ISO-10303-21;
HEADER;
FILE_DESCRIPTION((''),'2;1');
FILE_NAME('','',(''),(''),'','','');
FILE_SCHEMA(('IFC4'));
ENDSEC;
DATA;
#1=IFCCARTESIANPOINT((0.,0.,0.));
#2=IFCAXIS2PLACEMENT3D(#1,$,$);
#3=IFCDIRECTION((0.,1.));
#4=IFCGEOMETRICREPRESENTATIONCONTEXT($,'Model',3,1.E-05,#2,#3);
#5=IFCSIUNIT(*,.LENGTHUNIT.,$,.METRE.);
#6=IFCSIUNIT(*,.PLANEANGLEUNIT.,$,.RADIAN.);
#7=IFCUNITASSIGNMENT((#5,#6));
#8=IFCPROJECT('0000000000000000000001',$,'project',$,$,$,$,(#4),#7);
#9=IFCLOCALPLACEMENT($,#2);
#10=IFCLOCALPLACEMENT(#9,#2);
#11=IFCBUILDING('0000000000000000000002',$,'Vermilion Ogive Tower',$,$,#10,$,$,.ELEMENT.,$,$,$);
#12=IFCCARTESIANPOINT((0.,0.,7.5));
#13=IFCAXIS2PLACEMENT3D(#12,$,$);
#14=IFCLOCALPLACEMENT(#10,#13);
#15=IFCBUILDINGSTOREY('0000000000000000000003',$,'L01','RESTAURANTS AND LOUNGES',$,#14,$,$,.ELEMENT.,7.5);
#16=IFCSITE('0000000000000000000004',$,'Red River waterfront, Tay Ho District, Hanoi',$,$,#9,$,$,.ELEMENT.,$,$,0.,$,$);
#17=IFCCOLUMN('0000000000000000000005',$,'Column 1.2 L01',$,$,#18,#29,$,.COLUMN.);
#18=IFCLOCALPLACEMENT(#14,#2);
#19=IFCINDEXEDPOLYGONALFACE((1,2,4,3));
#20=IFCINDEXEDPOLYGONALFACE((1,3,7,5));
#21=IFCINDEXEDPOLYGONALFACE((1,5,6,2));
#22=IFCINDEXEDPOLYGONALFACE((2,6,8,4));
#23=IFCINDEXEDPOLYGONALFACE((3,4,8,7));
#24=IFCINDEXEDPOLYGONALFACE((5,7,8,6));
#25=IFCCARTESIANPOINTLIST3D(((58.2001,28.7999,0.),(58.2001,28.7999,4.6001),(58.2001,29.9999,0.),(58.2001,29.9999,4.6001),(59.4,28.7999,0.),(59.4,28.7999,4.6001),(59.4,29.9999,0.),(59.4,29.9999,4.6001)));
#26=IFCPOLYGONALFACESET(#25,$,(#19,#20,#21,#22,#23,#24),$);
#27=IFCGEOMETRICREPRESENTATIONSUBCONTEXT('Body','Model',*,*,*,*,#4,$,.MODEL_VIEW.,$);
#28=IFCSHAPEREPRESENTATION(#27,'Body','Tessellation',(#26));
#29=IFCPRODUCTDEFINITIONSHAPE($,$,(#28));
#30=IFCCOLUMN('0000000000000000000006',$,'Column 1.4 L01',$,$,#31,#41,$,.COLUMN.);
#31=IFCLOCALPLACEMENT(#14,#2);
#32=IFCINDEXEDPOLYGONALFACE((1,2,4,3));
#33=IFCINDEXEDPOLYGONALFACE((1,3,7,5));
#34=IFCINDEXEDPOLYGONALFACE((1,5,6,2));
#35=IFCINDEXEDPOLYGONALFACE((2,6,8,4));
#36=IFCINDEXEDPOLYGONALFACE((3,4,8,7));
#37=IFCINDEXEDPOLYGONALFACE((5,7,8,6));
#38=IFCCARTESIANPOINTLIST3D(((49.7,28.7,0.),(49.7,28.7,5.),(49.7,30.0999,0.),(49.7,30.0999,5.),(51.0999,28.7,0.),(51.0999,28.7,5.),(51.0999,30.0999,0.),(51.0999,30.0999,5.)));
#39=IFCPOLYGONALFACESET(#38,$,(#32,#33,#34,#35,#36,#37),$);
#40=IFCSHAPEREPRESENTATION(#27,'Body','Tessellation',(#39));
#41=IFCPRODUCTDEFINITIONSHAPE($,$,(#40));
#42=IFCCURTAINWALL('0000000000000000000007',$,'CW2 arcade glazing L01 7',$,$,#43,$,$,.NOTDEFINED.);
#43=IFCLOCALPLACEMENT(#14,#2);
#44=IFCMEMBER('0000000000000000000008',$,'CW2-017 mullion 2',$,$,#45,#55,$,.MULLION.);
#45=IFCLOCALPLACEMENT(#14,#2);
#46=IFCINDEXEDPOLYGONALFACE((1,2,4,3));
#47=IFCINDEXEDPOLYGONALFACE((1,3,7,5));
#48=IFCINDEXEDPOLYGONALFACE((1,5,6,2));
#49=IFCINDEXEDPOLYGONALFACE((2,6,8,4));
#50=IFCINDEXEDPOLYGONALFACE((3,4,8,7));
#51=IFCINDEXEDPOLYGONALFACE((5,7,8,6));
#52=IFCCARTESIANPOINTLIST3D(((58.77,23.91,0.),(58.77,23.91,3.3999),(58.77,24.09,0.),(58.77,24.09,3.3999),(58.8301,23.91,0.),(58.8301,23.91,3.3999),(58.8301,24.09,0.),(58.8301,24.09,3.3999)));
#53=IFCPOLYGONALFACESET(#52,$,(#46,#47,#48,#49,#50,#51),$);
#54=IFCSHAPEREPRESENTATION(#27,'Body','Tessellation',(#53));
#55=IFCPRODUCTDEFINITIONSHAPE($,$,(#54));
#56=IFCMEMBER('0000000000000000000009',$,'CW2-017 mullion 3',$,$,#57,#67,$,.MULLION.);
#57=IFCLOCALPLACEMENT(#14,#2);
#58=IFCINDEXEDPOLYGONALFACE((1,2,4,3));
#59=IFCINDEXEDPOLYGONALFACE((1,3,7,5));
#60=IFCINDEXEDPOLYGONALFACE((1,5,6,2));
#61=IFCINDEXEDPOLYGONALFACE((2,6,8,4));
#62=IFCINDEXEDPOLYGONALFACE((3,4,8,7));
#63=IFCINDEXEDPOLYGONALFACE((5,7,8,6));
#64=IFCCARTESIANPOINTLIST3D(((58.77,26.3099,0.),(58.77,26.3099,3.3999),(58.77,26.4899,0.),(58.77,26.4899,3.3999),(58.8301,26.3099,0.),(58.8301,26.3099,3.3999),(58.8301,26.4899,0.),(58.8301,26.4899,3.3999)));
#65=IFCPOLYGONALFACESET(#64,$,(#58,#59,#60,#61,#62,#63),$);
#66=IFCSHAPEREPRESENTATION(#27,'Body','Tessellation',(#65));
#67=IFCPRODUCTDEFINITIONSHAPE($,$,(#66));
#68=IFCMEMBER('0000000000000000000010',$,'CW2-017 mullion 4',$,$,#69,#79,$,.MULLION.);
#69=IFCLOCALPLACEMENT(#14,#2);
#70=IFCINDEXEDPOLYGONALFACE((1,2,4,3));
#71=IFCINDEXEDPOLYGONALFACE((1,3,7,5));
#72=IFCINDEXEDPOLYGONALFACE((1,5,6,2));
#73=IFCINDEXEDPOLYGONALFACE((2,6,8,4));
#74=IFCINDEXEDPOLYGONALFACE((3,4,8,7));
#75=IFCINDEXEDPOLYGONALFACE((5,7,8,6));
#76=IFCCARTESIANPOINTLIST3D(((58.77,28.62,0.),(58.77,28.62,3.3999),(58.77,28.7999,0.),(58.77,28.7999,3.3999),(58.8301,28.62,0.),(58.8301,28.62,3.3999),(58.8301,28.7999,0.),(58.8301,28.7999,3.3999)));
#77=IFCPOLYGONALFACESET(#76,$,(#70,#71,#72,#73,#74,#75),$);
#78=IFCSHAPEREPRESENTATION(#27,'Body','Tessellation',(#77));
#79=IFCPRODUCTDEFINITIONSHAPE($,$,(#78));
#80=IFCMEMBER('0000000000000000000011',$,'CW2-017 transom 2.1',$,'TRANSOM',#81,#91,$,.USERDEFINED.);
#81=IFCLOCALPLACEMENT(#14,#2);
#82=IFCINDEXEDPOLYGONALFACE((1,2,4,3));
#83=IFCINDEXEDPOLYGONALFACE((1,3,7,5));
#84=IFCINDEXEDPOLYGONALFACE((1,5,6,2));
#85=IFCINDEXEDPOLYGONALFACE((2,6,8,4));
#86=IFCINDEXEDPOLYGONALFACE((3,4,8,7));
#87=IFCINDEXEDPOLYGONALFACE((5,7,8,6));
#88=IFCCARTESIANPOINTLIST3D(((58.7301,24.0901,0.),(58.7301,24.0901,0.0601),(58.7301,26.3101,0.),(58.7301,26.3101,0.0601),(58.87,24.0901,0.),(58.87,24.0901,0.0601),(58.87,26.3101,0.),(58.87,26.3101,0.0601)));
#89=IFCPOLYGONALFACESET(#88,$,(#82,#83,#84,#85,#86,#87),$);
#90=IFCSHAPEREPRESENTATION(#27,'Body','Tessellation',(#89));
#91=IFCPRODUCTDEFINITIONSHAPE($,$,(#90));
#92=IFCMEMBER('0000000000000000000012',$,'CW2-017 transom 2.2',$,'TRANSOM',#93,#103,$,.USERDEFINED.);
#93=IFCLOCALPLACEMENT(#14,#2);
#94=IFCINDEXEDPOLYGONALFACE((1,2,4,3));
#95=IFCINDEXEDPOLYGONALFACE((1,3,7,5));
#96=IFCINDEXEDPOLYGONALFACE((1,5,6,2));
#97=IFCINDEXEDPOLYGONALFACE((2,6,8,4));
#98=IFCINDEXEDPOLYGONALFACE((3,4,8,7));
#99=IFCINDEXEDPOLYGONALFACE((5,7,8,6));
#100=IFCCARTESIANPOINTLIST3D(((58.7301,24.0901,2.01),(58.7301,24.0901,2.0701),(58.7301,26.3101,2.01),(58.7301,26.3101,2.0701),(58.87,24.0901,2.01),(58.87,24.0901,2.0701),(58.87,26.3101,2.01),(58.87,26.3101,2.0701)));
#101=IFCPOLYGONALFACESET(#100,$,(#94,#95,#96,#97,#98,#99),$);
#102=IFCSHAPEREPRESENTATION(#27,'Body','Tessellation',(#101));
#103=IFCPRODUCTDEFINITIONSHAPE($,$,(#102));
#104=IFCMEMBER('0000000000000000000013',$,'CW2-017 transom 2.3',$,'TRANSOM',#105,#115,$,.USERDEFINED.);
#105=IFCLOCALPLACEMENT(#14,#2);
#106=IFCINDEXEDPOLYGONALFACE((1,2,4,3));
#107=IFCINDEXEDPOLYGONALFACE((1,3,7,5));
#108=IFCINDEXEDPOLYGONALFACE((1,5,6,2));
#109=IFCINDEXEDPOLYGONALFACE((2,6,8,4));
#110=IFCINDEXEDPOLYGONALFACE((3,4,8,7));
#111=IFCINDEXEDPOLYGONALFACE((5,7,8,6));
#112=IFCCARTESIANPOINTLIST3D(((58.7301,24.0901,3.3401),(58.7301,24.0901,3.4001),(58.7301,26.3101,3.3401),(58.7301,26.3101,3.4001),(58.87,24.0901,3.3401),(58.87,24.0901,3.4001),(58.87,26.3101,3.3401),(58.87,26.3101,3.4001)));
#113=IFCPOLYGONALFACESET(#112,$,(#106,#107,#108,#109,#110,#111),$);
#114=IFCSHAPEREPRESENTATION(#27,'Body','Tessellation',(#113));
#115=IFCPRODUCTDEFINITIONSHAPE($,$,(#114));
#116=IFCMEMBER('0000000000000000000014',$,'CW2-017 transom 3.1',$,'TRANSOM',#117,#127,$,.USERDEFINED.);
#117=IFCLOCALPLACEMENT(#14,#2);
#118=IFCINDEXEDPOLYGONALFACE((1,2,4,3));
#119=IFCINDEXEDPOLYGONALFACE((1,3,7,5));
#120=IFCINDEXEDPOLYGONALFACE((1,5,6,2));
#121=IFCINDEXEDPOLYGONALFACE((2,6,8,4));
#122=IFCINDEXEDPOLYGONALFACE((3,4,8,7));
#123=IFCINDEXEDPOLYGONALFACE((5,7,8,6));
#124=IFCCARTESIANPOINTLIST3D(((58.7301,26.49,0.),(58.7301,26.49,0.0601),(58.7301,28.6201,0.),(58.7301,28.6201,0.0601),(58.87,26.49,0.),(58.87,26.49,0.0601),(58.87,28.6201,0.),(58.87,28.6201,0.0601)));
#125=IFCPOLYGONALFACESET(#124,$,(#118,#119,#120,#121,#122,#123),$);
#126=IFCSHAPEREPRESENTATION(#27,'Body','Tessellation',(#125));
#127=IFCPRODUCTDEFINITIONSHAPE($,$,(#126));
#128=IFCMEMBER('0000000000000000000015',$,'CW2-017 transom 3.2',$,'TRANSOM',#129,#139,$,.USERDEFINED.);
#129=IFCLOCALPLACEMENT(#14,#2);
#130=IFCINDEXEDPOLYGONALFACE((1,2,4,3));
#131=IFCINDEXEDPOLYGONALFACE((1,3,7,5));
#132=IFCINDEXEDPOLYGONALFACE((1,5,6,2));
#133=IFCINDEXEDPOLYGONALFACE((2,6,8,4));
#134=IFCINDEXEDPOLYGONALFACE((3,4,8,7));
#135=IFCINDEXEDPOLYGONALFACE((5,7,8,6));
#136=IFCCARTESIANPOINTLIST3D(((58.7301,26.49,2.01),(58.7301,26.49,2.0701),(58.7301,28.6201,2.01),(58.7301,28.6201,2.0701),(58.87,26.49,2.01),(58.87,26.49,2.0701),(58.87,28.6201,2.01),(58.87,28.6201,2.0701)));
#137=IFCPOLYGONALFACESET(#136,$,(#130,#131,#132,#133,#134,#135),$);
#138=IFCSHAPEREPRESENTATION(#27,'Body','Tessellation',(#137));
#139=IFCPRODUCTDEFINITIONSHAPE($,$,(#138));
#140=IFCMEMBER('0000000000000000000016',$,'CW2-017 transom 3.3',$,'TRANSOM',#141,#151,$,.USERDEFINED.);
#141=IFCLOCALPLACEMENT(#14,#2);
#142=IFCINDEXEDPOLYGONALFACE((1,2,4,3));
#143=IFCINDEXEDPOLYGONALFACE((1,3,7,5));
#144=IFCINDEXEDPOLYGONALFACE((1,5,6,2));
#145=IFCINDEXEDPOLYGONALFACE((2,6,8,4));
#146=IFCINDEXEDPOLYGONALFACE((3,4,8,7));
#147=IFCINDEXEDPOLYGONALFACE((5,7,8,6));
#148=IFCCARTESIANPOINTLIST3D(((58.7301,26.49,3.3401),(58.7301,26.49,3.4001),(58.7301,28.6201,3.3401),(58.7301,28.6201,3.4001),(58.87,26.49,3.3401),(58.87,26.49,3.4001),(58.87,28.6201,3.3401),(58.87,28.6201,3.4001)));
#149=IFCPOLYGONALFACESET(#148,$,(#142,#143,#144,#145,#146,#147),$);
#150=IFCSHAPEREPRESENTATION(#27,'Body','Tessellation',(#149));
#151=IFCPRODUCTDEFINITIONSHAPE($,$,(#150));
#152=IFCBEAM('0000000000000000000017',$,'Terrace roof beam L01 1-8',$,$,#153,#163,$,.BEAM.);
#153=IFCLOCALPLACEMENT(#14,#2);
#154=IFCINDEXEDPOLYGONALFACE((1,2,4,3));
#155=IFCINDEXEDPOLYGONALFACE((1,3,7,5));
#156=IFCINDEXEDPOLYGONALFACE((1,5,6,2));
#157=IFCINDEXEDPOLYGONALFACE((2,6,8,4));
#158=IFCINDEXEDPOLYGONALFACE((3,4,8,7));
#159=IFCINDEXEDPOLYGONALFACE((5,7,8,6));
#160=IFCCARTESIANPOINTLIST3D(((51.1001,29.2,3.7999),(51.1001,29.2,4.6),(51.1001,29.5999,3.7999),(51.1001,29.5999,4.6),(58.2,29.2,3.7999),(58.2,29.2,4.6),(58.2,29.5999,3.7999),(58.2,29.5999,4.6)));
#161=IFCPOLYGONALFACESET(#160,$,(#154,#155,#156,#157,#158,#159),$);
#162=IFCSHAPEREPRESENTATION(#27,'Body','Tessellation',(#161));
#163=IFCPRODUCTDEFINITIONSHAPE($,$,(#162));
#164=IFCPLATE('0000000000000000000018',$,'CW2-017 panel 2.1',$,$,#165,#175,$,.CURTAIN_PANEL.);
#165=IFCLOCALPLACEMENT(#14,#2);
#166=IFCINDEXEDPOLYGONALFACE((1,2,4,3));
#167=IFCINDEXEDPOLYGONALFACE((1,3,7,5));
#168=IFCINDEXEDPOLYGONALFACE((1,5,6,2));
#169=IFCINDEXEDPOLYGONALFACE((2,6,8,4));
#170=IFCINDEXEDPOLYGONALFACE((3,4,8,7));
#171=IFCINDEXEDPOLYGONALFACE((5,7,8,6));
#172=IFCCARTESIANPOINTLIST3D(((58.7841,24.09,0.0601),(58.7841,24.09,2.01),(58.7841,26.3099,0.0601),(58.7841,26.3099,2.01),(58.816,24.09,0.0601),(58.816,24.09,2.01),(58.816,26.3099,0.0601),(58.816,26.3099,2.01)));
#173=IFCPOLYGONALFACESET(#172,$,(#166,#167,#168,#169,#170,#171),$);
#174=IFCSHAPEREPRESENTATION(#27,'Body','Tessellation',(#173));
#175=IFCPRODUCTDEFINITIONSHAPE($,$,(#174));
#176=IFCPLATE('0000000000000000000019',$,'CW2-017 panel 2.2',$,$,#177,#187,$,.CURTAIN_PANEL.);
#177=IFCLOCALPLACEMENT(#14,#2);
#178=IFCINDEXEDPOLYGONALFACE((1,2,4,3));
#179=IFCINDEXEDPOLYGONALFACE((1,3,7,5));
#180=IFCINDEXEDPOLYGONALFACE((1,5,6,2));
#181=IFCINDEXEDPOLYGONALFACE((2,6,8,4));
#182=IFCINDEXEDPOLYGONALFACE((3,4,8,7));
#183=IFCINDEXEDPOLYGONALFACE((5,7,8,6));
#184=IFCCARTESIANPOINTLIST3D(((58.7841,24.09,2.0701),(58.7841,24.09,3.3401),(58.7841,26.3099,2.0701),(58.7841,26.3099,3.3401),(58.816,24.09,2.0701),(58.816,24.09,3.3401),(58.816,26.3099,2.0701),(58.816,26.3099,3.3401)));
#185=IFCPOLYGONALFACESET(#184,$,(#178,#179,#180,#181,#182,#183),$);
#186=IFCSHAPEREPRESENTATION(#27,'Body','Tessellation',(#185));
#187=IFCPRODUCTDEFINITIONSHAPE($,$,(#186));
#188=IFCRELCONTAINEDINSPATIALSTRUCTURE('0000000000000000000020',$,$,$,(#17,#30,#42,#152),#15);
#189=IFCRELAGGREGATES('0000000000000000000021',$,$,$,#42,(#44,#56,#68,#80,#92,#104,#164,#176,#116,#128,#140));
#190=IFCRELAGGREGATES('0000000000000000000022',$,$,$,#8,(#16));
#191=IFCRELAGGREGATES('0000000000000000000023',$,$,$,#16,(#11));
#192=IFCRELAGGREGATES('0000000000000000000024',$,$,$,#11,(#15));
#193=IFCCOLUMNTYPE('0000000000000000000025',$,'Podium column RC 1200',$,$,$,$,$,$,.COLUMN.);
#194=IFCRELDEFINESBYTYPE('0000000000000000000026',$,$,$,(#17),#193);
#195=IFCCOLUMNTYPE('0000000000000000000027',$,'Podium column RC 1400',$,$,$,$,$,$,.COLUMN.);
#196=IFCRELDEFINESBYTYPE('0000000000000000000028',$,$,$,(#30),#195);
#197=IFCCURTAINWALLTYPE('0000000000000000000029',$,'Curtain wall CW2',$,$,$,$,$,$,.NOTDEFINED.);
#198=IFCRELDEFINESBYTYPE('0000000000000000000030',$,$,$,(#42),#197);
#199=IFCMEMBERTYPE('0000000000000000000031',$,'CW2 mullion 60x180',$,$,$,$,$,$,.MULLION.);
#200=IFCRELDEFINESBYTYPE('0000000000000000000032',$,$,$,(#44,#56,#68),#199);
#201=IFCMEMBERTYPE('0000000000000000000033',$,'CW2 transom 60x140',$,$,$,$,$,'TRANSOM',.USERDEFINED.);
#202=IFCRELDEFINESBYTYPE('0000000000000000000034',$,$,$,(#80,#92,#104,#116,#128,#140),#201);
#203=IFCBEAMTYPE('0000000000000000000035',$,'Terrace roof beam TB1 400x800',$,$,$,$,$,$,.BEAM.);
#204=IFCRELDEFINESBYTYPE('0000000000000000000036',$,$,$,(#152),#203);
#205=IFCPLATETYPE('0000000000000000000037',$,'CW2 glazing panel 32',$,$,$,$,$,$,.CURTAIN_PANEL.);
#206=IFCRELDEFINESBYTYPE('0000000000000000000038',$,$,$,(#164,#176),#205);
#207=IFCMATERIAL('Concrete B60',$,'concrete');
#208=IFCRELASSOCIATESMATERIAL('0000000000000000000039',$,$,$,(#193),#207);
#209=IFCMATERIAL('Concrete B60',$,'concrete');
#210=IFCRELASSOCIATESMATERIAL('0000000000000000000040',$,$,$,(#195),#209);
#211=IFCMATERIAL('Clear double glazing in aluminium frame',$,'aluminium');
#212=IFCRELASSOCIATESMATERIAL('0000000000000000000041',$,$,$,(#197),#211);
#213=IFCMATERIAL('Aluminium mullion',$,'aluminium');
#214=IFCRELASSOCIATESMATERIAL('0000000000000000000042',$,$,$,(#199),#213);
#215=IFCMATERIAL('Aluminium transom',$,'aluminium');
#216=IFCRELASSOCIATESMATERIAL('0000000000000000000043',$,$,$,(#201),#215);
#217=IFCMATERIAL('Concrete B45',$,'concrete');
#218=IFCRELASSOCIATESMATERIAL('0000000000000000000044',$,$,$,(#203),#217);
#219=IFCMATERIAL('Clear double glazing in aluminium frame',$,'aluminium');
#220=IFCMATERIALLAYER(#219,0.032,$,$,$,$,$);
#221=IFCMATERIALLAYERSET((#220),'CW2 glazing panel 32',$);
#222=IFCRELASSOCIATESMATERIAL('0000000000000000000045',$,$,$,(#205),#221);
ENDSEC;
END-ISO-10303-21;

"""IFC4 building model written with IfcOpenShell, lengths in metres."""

from ifc_helpers import new_model, si_unit, direction, frame, origin, origin_2d, place, context, subcontext, project, spatial, rectangle, extrude, material, layer, layer_set, material_profile, profile_set, type_object, element, aggregate, save


model = new_model("IFC4")

# Units and contexts
model_context = context("Model", 3, precision=1e-05, world=origin(), true_north=direction((0.0, 1.0)))
body_context = subcontext(model_context, "Body", "Model", "MODEL_VIEW")
ifc_project = project(units=[si_unit("LENGTHUNIT", "METRE"), si_unit("PLANEANGLEUNIT", "RADIAN")], contexts=[model_context])

# Site, building, storey
site_placement = place(None, origin())
site = spatial("IfcSite", under=ifc_project, at=site_placement, Name="Red River waterfront, Tay Ho District, Hanoi", CompositionType="ELEMENT", RefElevation=0.0)
building_placement = place(site_placement, origin())
building = spatial("IfcBuilding", under=site, at=building_placement, Name="Vermilion Ogive Tower", CompositionType="ELEMENT")
storey_placement = place(building_placement, frame((0.0, 0.0, 7.5)))
storey = spatial("IfcBuildingStorey", under=building, at=storey_placement, Name="L01", Description="RESTAURANTS AND LOUNGES", CompositionType="ELEMENT", Elevation=7.5)

# Columns
ifc_material_1 = material(Name="Concrete B60", Category="concrete")
ifc_material_profile_1 = material_profile(ifc_material_1, rectangle(XDim=1.2, YDim=1.2, at=origin_2d()), Name="RC 1200x1200")
ifc_profile_set_1 = profile_set([ifc_material_profile_1], Name="Concrete B60")
column_type_1 = type_object("IfcColumnType", Name="Podium column RC 1200", PredefinedType="COLUMN", material=ifc_profile_set_1)
column_1_placement = place(storey_placement, frame((58.8, 29.3999, 0.0), z_axis=(0.0, 0.0, 1.0), x_axis=(1.0, 0.0, 0.0)))
element("IfcColumn", 1, at=column_1_placement, inside=storey, type_object=column_type_1, Name="Column 1.2 L01", PredefinedType="COLUMN", context=body_context, shape_type="SweptSolid", body=[
    extrude(rectangle(XDim=1.2, YDim=1.2, at=origin_2d()), origin(), (0.0, 0.0, 1.0), 4.6001),
])
ifc_material_2 = material(Name="Concrete B60", Category="concrete")
ifc_material_profile_2 = material_profile(ifc_material_2, rectangle(XDim=1.3999, YDim=1.3999, at=origin_2d()), Name="RC 1400x1400")
ifc_profile_set_2 = profile_set([ifc_material_profile_2], Name="Concrete B60")
column_type_2 = type_object("IfcColumnType", Name="Podium column RC 1400", PredefinedType="COLUMN", material=ifc_profile_set_2)
column_2_placement = place(storey_placement, frame((50.3999, 29.3999, 0.0), z_axis=(0.0, 0.0, 1.0), x_axis=(1.0, 0.0, 0.0)))
element("IfcColumn", 2, at=column_2_placement, inside=storey, type_object=column_type_2, Name="Column 1.4 L01", PredefinedType="COLUMN", context=body_context, shape_type="SweptSolid", body=[
    extrude(rectangle(XDim=1.3999, YDim=1.3999, at=origin_2d()), origin(), (0.0, 0.0, 1.0), 5.0),
])

# Curtain wall, members
ifc_material_3 = material(Name="Clear double glazing in aluminium frame", Category="aluminium")
curtain_wall_type = type_object("IfcCurtainWallType", Name="Curtain wall CW2", PredefinedType="NOTDEFINED", material=ifc_material_3)
curtain_wall_placement = place(storey_placement, origin())
curtain_wall = element("IfcCurtainWall", 3, at=curtain_wall_placement, inside=storey, type_object=curtain_wall_type, Name="CW2 arcade glazing L01 7", PredefinedType="NOTDEFINED")
ifc_material_4 = material(Name="Aluminium mullion", Category="aluminium")
ifc_material_profile_3 = material_profile(ifc_material_4, rectangle(XDim=0.0601, YDim=0.1799, at=origin_2d()), Name="AL 60x180")
ifc_profile_set_3 = profile_set([ifc_material_profile_3], Name="Aluminium mullion")
member_type_1 = type_object("IfcMemberType", Name="CW2 mullion 60x180", PredefinedType="MULLION", material=ifc_profile_set_3)
member_1_placement = place(storey_placement, frame((58.8, 24.0, 0.0), z_axis=(0.0, 0.0, 1.0), x_axis=(-1.0, 0.0, 0.0)))
member_1 = element("IfcMember", 4, at=member_1_placement, type_object=member_type_1, Name="CW2-017 mullion 2", PredefinedType="MULLION", context=body_context, shape_type="SweptSolid", body=[
    extrude(rectangle(XDim=0.0601, YDim=0.1799, at=origin_2d()), origin(), (0.0, 0.0, 1.0), 3.3999),
])
member_2_placement = place(storey_placement, frame((58.8, 26.3999, 0.0), z_axis=(0.0, 0.0, 1.0), x_axis=(-1.0, 0.0, 0.0)))
member_2 = element("IfcMember", 5, at=member_2_placement, type_object=member_type_1, Name="CW2-017 mullion 3", PredefinedType="MULLION", context=body_context, shape_type="SweptSolid", body=[
    extrude(rectangle(XDim=0.0601, YDim=0.1799, at=origin_2d()), origin(), (0.0, 0.0, 1.0), 3.3999),
])
member_3_placement = place(storey_placement, frame((58.8, 28.71, 0.0), z_axis=(0.0, 0.0, 1.0), x_axis=(-1.0, 0.0, 0.0)))
member_3 = element("IfcMember", 6, at=member_3_placement, type_object=member_type_1, Name="CW2-017 mullion 4", PredefinedType="MULLION", context=body_context, shape_type="SweptSolid", body=[
    extrude(rectangle(XDim=0.0601, YDim=0.1799, at=origin_2d()), origin(), (0.0, 0.0, 1.0), 3.3999),
])
ifc_material_5 = material(Name="Aluminium transom", Category="aluminium")
ifc_material_profile_4 = material_profile(ifc_material_5, rectangle(XDim=0.1399, YDim=0.0601, at=origin_2d()), Name="AL 60x140")
ifc_profile_set_4 = profile_set([ifc_material_profile_4], Name="Aluminium transom")
member_type_2 = type_object("IfcMemberType", Name="CW2 transom 60x140", ElementType="TRANSOM", PredefinedType="USERDEFINED", material=ifc_profile_set_4)
member_4_placement = place(storey_placement, frame((58.8, 24.0901, 0.03), z_axis=(0.0, 1.0, 0.0), x_axis=(-1.0, 0.0, 0.0)))
member_4 = element("IfcMember", 7, at=member_4_placement, type_object=member_type_2, Name="CW2-017 transom 2.1", ObjectType="TRANSOM", PredefinedType="USERDEFINED", context=body_context, shape_type="SweptSolid", body=[
    extrude(rectangle(XDim=0.1399, YDim=0.0601, at=origin_2d()), origin(), (0.0, 0.0, 1.0), 2.22),
])
member_5_placement = place(storey_placement, frame((58.8, 24.0901, 2.04), z_axis=(0.0, 1.0, 0.0), x_axis=(-1.0, 0.0, 0.0)))
member_5 = element("IfcMember", 8, at=member_5_placement, type_object=member_type_2, Name="CW2-017 transom 2.2", ObjectType="TRANSOM", PredefinedType="USERDEFINED", context=body_context, shape_type="SweptSolid", body=[
    extrude(rectangle(XDim=0.1399, YDim=0.0601, at=origin_2d()), origin(), (0.0, 0.0, 1.0), 2.22),
])
member_6_placement = place(storey_placement, frame((58.8, 24.0901, 3.3701), z_axis=(0.0, 1.0, 0.0), x_axis=(-1.0, 0.0, 0.0)))
member_6 = element("IfcMember", 9, at=member_6_placement, type_object=member_type_2, Name="CW2-017 transom 2.3", ObjectType="TRANSOM", PredefinedType="USERDEFINED", context=body_context, shape_type="SweptSolid", body=[
    extrude(rectangle(XDim=0.1399, YDim=0.0601, at=origin_2d()), origin(), (0.0, 0.0, 1.0), 2.22),
])
member_7_placement = place(storey_placement, frame((58.8, 26.49, 0.03), z_axis=(0.0, 1.0, 0.0), x_axis=(-1.0, 0.0, 0.0)))
member_7 = element("IfcMember", 10, at=member_7_placement, type_object=member_type_2, Name="CW2-017 transom 3.1", ObjectType="TRANSOM", PredefinedType="USERDEFINED", context=body_context, shape_type="SweptSolid", body=[
    extrude(rectangle(XDim=0.1399, YDim=0.0601, at=origin_2d()), origin(), (0.0, 0.0, 1.0), 2.1301),
])
member_8_placement = place(storey_placement, frame((58.8, 26.49, 2.04), z_axis=(0.0, 1.0, 0.0), x_axis=(-1.0, 0.0, 0.0)))
member_8 = element("IfcMember", 11, at=member_8_placement, type_object=member_type_2, Name="CW2-017 transom 3.2", ObjectType="TRANSOM", PredefinedType="USERDEFINED", context=body_context, shape_type="SweptSolid", body=[
    extrude(rectangle(XDim=0.1399, YDim=0.0601, at=origin_2d()), origin(), (0.0, 0.0, 1.0), 2.1301),
])
member_9_placement = place(storey_placement, frame((58.8, 26.49, 3.3701), z_axis=(0.0, 1.0, 0.0), x_axis=(-1.0, 0.0, 0.0)))
member_9 = element("IfcMember", 12, at=member_9_placement, type_object=member_type_2, Name="CW2-017 transom 3.3", ObjectType="TRANSOM", PredefinedType="USERDEFINED", context=body_context, shape_type="SweptSolid", body=[
    extrude(rectangle(XDim=0.1399, YDim=0.0601, at=origin_2d()), origin(), (0.0, 0.0, 1.0), 2.1301),
])

# Beam
ifc_material_6 = material(Name="Concrete B45", Category="concrete")
ifc_material_profile_5 = material_profile(ifc_material_6, rectangle(XDim=0.3999, YDim=0.8, at=origin_2d()), Name="RC 400x800")
ifc_profile_set_5 = profile_set([ifc_material_profile_5], Name="Concrete B45")
beam_type = type_object("IfcBeamType", Name="Terrace roof beam TB1 400x800", PredefinedType="BEAM", material=ifc_profile_set_5)
beam_placement = place(storey_placement, frame((58.2, 29.3999, 4.2), z_axis=(-1.0, 0.0, 0.0), x_axis=(0.0, -1.0, 0.0)))
element("IfcBeam", 13, at=beam_placement, inside=storey, type_object=beam_type, Name="Terrace roof beam L01 1-8", PredefinedType="BEAM", context=body_context, shape_type="SweptSolid", body=[
    extrude(rectangle(XDim=0.3999, YDim=0.8, at=origin_2d()), origin(), (0.0, 0.0, 1.0), 7.0999),
])

# Plates
ifc_material_7 = material(Name="Clear double glazing in aluminium frame", Category="aluminium")
ifc_layer_1 = layer(ifc_material_7, 0.032)
ifc_layer_set_1 = layer_set([ifc_layer_1], Name="CW2 glazing panel 32")
plate_type = type_object("IfcPlateType", Name="CW2 glazing panel 32", PredefinedType="CURTAIN_PANEL", material=ifc_layer_set_1)
plate_1_placement = place(storey_placement, frame((58.8, 25.2, 0.0601), z_axis=(0.0, 0.0, 1.0), x_axis=(0.0, 1.0, 0.0)))
plate_1 = element("IfcPlate", 14, at=plate_1_placement, type_object=plate_type, Name="CW2-017 panel 2.1", PredefinedType="CURTAIN_PANEL", context=body_context, shape_type="SweptSolid", body=[
    extrude(rectangle(XDim=2.22, YDim=0.032, at=origin_2d()), origin(), (0.0, 0.0, 1.0), 1.95),
])
plate_2_placement = place(storey_placement, frame((58.8, 25.2, 2.0701), z_axis=(0.0, 0.0, 1.0), x_axis=(0.0, 1.0, 0.0)))
plate_2 = element("IfcPlate", 15, at=plate_2_placement, type_object=plate_type, Name="CW2-017 panel 2.2", PredefinedType="CURTAIN_PANEL", context=body_context, shape_type="SweptSolid", body=[
    extrude(rectangle(XDim=2.22, YDim=0.032, at=origin_2d()), origin(), (0.0, 0.0, 1.0), 1.27),
])
aggregate(curtain_wall, [member_1, member_2, member_3, member_4, member_5, member_6, plate_1, plate_2, member_7, member_8, member_9])

save(model, "model.ifc")
